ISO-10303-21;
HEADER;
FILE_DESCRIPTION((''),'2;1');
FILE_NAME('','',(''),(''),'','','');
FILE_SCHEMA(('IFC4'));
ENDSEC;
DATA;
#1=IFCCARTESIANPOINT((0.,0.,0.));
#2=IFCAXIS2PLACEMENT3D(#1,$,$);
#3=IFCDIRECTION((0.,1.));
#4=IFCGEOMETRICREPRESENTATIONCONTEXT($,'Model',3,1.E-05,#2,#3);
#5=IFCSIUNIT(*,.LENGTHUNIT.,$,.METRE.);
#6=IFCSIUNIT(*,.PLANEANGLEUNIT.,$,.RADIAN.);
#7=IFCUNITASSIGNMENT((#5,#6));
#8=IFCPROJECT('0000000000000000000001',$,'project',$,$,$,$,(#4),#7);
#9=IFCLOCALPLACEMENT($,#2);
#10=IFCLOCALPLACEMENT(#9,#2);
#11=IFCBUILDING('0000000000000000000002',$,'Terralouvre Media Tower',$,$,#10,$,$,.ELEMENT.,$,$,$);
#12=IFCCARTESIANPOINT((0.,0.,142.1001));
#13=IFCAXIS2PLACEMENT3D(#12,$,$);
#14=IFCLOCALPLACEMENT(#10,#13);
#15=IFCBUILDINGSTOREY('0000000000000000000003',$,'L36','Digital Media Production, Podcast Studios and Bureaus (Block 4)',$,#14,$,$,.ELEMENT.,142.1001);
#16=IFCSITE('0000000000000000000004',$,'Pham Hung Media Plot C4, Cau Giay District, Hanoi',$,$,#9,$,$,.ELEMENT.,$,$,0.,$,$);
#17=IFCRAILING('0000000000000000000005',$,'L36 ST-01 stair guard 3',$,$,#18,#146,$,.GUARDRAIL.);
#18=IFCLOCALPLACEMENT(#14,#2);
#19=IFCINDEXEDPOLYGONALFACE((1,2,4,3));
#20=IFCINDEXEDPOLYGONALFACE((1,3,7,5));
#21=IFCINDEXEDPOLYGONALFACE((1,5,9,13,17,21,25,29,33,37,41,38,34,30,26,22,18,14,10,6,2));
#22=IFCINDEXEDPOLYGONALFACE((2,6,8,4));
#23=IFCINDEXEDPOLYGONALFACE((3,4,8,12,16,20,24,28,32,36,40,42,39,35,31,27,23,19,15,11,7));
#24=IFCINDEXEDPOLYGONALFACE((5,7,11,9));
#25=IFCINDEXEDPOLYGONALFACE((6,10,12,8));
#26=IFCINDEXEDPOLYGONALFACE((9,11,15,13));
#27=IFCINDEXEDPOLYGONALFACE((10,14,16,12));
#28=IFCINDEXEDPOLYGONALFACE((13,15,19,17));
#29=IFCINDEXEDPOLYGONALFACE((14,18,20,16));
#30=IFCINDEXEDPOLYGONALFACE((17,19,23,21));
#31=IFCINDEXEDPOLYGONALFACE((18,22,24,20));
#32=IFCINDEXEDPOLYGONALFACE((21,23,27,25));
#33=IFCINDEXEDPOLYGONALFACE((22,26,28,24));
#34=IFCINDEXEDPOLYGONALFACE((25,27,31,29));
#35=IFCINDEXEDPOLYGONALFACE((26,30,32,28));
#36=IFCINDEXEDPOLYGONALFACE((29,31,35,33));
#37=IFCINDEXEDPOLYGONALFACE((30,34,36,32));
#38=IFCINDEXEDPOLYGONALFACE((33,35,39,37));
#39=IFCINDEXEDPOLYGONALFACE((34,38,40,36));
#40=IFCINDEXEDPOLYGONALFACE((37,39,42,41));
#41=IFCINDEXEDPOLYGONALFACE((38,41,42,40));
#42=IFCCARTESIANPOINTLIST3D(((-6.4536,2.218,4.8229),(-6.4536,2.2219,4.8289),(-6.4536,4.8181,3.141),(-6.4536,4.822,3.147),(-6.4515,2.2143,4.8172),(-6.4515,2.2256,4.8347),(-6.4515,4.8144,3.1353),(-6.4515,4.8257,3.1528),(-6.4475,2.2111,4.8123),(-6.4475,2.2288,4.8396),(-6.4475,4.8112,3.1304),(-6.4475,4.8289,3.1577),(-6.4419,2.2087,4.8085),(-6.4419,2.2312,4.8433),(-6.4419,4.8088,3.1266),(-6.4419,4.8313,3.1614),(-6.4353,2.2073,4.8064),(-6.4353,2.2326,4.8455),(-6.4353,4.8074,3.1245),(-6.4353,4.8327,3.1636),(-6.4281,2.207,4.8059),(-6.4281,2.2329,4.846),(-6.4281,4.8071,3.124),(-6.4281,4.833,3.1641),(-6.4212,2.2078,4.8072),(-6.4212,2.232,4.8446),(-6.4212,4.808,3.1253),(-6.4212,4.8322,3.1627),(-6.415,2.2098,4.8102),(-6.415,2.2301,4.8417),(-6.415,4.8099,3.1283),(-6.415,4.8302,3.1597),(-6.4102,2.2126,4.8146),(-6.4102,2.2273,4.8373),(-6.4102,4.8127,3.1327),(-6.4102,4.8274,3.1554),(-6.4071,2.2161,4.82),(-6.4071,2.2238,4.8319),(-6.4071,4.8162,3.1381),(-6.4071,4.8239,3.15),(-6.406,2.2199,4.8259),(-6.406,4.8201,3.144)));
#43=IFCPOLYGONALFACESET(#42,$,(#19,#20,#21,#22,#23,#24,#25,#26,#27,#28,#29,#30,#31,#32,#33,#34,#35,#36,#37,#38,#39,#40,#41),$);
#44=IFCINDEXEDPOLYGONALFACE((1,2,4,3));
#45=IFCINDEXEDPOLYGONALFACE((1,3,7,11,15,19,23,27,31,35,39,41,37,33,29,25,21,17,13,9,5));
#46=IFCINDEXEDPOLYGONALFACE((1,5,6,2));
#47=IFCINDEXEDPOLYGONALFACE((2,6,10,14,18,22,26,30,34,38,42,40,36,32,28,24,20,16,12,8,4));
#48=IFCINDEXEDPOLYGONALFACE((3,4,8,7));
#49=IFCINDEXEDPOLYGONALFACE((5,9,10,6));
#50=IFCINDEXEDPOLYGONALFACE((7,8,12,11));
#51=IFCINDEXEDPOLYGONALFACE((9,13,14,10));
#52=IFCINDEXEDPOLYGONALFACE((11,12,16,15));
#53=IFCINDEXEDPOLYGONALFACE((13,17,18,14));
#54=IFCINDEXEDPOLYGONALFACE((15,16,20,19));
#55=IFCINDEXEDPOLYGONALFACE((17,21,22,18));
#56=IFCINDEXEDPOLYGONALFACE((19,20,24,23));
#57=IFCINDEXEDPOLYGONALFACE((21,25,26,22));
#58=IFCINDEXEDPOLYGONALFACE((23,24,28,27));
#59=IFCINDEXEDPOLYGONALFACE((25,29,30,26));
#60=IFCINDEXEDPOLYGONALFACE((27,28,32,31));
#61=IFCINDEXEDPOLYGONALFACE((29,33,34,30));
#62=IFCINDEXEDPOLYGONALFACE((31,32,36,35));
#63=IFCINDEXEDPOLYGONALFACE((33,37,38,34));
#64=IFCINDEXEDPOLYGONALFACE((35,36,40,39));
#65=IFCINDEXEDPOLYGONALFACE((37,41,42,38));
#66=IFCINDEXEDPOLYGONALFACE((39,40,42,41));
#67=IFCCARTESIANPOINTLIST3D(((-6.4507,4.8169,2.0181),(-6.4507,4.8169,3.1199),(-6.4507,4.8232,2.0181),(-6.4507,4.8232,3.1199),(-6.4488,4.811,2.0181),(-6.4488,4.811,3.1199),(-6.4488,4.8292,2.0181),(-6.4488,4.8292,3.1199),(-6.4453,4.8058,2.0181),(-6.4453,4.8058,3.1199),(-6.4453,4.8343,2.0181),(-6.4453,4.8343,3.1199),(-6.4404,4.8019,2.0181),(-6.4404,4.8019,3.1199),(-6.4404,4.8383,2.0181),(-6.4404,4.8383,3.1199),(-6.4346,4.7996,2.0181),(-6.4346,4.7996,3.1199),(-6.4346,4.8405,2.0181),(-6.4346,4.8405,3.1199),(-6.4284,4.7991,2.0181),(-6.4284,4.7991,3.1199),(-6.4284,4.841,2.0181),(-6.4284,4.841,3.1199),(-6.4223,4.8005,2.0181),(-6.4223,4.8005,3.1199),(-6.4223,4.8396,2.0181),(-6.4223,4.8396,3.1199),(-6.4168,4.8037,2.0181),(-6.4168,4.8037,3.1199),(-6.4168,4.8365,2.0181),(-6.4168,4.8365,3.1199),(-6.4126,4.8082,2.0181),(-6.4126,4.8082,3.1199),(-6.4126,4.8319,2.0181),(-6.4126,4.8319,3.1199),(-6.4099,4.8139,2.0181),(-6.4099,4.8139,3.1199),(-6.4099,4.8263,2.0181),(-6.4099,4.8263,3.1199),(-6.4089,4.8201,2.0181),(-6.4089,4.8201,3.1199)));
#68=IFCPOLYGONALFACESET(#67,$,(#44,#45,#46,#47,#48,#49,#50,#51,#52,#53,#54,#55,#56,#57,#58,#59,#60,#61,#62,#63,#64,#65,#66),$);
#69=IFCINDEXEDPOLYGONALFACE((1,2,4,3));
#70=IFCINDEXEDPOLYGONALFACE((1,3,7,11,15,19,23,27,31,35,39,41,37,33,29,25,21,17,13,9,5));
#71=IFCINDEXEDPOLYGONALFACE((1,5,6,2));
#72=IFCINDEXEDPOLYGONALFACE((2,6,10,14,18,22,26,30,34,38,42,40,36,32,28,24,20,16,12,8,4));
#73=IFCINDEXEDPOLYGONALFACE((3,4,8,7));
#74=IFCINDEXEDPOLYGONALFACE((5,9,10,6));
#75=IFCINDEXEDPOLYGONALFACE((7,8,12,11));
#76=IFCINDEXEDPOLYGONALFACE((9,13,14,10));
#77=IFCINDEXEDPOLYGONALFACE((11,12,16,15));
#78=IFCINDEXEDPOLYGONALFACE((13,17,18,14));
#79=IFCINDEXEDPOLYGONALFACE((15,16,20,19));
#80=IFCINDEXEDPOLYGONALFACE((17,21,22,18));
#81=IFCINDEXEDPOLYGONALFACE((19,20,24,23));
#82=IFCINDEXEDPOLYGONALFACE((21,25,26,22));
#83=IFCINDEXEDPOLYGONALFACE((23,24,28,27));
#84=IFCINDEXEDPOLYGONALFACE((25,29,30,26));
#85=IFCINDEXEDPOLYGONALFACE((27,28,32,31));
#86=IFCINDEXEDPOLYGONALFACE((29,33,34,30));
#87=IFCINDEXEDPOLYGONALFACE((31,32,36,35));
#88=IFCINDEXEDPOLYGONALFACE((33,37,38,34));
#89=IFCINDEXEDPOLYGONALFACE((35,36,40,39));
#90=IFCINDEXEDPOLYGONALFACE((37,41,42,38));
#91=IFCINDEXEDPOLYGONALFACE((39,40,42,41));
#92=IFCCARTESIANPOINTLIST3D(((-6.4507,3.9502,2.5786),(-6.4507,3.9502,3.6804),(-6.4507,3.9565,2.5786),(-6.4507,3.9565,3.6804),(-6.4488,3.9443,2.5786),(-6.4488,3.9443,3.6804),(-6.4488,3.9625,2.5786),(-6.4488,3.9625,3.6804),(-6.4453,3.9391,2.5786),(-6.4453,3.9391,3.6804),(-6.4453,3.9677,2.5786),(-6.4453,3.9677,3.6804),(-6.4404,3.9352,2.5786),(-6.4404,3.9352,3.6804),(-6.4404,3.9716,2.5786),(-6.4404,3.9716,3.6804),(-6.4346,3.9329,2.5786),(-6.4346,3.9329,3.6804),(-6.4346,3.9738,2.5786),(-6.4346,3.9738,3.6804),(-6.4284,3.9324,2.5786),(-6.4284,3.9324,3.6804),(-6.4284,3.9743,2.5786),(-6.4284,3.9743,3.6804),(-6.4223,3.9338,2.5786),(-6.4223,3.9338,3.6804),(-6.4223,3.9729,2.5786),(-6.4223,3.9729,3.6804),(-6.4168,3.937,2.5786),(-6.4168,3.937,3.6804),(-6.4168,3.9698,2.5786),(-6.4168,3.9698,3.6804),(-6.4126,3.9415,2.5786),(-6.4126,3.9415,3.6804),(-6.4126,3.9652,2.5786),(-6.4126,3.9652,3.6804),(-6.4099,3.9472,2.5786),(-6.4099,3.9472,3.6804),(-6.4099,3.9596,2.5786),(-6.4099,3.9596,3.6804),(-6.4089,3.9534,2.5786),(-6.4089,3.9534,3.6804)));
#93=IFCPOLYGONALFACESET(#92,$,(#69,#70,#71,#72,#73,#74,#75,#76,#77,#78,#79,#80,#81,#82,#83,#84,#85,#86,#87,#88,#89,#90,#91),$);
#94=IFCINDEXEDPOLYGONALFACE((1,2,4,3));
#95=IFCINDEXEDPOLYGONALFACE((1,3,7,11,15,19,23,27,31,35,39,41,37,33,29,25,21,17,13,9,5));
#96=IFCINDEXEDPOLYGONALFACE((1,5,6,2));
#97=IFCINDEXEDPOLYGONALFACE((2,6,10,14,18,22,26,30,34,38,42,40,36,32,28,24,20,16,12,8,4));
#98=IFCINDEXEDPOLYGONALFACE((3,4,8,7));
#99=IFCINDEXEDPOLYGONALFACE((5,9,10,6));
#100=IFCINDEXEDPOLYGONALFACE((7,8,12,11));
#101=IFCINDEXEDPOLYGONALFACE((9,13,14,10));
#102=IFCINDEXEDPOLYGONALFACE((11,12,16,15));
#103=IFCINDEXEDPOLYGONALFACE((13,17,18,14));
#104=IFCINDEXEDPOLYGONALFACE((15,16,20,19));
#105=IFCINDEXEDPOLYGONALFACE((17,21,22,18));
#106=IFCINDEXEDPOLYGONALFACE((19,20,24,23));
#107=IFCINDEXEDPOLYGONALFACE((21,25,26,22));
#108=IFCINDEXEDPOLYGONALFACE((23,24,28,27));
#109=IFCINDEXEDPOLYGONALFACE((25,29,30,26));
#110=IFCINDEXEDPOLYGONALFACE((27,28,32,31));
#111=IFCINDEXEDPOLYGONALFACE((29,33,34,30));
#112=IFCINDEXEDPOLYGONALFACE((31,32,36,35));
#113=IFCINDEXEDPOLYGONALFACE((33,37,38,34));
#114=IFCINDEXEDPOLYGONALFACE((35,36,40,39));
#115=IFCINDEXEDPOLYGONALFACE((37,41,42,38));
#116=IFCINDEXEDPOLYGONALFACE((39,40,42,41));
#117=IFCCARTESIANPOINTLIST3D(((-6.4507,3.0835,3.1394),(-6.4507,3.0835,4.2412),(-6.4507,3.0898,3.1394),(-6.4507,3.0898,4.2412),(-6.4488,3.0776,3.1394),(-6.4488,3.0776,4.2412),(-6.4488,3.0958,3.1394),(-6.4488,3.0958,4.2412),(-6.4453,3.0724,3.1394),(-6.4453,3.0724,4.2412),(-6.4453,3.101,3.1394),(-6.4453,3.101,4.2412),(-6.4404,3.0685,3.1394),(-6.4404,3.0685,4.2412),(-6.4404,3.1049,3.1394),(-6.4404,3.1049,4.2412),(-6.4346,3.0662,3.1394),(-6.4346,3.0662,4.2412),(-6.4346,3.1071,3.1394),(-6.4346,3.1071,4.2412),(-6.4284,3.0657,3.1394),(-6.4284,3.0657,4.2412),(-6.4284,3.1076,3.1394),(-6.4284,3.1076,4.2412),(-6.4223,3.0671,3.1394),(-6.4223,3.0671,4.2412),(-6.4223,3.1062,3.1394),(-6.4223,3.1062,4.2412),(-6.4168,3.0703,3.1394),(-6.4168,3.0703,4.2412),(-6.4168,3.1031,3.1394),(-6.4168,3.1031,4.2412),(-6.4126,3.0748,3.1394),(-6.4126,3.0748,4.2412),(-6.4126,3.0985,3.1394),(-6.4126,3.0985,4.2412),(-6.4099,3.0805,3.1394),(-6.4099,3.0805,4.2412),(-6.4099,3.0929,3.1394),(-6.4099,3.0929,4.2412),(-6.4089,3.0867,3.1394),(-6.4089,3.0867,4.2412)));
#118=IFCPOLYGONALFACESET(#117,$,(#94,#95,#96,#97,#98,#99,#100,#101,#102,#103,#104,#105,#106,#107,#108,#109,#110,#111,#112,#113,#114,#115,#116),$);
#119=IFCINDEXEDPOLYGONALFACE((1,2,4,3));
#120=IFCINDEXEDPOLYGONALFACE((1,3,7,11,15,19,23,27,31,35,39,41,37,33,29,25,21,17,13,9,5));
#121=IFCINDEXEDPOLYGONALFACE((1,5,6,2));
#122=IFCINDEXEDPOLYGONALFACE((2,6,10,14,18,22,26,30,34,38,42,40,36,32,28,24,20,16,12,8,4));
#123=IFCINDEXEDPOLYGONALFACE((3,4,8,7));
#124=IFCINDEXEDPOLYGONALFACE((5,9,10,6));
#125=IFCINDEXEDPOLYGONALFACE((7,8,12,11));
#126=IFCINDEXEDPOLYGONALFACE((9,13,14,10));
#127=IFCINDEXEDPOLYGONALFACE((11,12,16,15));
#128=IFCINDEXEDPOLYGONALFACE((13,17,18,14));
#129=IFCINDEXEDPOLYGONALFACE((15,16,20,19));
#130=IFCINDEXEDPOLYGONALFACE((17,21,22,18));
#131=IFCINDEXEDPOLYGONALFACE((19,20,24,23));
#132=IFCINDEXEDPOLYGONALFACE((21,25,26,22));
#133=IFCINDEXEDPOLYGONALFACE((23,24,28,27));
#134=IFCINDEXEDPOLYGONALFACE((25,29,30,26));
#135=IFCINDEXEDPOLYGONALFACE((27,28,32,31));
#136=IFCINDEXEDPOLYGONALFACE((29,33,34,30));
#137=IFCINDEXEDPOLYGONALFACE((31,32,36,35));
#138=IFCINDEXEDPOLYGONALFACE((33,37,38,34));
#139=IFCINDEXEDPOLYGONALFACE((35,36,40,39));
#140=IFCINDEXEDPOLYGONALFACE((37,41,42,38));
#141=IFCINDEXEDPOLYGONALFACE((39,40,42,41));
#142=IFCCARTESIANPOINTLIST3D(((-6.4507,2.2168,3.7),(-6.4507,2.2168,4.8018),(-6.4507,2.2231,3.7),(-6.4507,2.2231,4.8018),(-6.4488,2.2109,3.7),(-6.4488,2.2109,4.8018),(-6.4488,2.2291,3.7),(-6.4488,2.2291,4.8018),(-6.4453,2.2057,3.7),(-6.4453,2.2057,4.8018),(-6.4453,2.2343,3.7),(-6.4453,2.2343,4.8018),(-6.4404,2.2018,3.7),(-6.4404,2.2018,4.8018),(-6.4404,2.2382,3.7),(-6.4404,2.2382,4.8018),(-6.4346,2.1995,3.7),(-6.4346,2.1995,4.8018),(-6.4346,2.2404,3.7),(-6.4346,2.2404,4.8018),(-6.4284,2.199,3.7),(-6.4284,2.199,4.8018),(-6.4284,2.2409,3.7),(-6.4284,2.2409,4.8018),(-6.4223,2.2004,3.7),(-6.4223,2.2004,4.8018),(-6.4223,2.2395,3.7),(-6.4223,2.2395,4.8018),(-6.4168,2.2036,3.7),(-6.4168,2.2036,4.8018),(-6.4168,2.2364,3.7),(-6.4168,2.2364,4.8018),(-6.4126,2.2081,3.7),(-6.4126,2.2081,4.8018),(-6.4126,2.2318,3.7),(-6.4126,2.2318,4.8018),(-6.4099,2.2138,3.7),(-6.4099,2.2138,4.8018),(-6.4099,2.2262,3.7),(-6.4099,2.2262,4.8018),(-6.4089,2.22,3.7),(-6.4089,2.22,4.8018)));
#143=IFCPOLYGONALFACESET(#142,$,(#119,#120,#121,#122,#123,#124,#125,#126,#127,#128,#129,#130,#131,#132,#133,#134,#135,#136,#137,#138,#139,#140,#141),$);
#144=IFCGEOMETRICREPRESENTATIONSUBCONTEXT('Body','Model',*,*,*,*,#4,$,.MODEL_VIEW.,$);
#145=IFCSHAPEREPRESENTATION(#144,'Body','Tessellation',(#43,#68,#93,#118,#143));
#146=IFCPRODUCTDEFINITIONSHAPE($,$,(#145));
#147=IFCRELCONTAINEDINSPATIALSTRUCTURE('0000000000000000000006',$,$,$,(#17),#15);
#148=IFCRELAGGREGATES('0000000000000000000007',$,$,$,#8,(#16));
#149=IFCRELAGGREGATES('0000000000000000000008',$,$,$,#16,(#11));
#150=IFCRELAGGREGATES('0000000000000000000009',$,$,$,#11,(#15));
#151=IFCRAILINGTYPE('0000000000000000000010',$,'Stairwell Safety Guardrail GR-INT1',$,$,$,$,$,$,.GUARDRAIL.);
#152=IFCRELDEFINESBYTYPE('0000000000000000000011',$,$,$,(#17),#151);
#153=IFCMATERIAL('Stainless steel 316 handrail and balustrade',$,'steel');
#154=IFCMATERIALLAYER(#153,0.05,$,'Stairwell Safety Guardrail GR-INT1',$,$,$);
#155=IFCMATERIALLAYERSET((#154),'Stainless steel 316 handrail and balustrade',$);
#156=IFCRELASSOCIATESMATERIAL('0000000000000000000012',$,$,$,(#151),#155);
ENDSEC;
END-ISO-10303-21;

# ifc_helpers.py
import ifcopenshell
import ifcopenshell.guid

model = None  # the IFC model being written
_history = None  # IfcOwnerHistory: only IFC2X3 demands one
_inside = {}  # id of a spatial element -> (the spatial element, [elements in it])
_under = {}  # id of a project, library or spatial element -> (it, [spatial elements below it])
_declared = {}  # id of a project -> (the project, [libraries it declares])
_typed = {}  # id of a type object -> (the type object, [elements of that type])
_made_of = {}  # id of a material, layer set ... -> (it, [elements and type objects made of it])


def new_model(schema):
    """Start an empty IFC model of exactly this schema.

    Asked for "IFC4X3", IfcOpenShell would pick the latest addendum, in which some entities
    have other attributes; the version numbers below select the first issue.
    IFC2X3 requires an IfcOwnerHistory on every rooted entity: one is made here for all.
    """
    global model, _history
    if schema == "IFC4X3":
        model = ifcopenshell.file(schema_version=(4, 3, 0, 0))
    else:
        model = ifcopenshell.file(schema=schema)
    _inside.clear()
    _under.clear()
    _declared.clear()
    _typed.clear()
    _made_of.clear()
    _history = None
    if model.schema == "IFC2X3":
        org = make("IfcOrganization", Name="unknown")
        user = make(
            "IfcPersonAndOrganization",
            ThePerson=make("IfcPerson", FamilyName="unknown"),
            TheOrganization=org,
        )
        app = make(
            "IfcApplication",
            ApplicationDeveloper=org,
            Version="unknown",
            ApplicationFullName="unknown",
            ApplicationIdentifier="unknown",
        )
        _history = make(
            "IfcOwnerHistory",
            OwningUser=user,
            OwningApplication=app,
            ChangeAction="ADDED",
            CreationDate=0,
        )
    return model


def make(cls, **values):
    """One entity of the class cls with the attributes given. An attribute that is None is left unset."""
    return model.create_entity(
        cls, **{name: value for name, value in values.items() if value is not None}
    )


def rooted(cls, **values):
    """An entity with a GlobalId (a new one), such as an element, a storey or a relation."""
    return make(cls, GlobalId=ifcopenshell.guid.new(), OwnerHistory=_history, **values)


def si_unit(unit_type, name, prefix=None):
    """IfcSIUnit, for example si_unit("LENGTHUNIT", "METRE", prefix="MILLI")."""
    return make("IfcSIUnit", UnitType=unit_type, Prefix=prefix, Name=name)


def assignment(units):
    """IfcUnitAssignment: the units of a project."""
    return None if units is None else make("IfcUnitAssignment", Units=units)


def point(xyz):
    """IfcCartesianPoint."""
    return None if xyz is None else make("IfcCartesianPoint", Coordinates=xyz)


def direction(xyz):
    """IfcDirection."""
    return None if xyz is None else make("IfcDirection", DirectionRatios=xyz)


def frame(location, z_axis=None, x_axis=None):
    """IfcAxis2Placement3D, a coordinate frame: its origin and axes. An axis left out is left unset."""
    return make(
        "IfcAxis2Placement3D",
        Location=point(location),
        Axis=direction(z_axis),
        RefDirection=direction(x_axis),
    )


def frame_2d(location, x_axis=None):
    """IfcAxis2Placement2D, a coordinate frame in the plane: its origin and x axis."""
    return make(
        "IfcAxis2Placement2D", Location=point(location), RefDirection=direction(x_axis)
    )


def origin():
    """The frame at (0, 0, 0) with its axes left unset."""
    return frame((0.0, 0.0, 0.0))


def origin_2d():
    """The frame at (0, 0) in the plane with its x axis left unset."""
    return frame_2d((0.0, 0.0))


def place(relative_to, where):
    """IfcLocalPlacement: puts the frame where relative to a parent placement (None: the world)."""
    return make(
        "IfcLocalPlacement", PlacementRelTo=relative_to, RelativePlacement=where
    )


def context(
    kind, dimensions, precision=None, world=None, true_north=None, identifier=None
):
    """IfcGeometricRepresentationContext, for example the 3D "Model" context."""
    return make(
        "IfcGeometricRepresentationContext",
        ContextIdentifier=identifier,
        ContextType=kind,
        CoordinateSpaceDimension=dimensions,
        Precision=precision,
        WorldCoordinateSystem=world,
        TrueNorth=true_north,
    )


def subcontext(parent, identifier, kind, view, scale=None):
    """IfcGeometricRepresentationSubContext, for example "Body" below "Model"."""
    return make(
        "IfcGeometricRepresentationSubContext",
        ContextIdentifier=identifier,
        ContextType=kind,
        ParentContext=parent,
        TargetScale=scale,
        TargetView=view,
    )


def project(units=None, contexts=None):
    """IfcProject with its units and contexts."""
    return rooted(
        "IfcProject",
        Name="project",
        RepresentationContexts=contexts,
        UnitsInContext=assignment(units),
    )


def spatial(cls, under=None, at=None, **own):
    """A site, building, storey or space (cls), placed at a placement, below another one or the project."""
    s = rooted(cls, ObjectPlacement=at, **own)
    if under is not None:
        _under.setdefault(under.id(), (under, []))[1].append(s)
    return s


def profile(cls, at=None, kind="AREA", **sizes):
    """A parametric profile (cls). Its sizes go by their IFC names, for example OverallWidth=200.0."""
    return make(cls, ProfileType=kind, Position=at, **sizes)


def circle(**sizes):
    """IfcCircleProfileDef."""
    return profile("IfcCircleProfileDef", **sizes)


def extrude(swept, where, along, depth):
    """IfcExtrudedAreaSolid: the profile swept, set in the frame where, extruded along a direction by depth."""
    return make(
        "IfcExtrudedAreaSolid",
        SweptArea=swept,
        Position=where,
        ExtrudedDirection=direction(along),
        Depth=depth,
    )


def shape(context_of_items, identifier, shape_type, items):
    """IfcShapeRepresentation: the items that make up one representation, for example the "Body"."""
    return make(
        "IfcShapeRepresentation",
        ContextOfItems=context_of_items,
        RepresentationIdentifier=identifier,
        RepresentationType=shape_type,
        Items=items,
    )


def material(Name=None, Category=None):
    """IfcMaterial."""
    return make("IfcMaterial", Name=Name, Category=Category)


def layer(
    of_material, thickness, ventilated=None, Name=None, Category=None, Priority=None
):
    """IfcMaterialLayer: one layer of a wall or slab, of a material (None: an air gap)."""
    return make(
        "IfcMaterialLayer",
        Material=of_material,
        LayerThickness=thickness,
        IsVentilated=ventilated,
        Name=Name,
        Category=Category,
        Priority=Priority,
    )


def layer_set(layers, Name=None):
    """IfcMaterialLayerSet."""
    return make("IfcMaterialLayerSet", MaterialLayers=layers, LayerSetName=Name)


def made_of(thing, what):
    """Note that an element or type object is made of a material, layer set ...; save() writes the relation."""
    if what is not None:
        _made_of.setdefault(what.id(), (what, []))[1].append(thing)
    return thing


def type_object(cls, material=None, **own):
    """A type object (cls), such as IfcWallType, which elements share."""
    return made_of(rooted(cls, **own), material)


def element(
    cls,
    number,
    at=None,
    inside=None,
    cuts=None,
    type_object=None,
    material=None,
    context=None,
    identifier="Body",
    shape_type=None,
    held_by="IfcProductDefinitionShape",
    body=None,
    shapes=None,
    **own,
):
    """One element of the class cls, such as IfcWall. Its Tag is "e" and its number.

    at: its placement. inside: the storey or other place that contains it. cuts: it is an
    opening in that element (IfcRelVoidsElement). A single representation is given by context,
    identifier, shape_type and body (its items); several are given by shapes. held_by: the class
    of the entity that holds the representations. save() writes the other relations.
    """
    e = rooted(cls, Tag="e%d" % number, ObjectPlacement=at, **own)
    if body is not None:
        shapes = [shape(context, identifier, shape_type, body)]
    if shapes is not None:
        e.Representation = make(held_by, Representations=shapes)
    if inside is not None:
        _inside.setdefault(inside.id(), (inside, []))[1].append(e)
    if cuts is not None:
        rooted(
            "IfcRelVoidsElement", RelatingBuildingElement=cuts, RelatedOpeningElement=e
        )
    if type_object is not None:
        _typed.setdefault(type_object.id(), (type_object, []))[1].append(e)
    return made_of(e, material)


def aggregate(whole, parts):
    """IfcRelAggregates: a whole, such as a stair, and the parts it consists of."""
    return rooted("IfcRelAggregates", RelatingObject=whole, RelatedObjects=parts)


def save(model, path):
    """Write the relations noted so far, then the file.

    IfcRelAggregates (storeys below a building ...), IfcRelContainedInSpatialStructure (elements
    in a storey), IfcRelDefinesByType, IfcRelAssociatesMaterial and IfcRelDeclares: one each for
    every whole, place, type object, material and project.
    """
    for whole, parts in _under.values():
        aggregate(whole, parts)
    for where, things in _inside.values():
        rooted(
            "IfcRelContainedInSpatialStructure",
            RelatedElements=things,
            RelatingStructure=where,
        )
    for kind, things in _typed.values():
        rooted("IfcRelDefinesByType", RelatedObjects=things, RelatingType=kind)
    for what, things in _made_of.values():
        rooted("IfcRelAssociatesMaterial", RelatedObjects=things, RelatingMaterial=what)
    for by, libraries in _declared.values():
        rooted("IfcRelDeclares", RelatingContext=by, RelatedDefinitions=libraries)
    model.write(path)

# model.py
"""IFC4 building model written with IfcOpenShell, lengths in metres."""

from ifc_helpers import new_model, si_unit, direction, frame, origin, origin_2d, place, context, subcontext, project, spatial, circle, extrude, material, layer, layer_set, type_object, element, save


model = new_model("IFC4")

# Units and contexts
model_context = context("Model", 3, precision=1e-05, world=origin(), true_north=direction((0.0, 1.0)))
body_context = subcontext(model_context, "Body", "Model", "MODEL_VIEW")
ifc_project = project(units=[si_unit("LENGTHUNIT", "METRE"), si_unit("PLANEANGLEUNIT", "RADIAN")], contexts=[model_context])

# Site, building, storey
site_placement = place(None, origin())
site = spatial("IfcSite", under=ifc_project, at=site_placement, Name="Pham Hung Media Plot C4, Cau Giay District, Hanoi", CompositionType="ELEMENT", RefElevation=0.0)
building_placement = place(site_placement, origin())
building = spatial("IfcBuilding", under=site, at=building_placement, Name="Terralouvre Media Tower", CompositionType="ELEMENT")
storey_placement = place(building_placement, frame((0.0, 0.0, 142.1001)))
storey = spatial("IfcBuildingStorey", under=building, at=storey_placement, Name="L36", Description="Digital Media Production, Podcast Studios and Bureaus (Block 4)", CompositionType="ELEMENT", Elevation=142.1001)

# Railing
ifc_material_1 = material(Name="Stainless steel 316 handrail and balustrade", Category="steel")
ifc_layer_1 = layer(ifc_material_1, 0.05, Name="Stairwell Safety Guardrail GR-INT1")
ifc_layer_set_1 = layer_set([ifc_layer_1], Name="Stainless steel 316 handrail and balustrade")
railing_type_1 = type_object("IfcRailingType", Name="Stairwell Safety Guardrail GR-INT1", PredefinedType="GUARDRAIL", material=ifc_layer_set_1)
railing_1_placement = place(storey_placement, frame((-6.4299, 4.8201, 2.0181)))
element("IfcRailing", 1, at=railing_1_placement, inside=storey, type_object=railing_type_1, Name="L36 ST-01 stair guard 3", PredefinedType="GUARDRAIL", context=body_context, shape_type="SweptSolid", body=[
    extrude(circle(Radius=0.0239, at=origin_2d()), frame((0.0, 0.0, 1.126), z_axis=(0.0, -0.839648, 0.54313), x_axis=(1.0, 0.0, 0.0)), (0.0, 0.0, 1.0), 3.0967),
    extrude(circle(Radius=0.021, at=origin_2d()), origin(), (0.0, 0.0, 1.0), 1.1018),
    extrude(circle(Radius=0.021, at=origin_2d()), frame((0.0, -0.8667, 0.5605)), (0.0, 0.0, 1.0), 1.1018),
    extrude(circle(Radius=0.021, at=origin_2d()), frame((0.0, -1.7334, 1.1213)), (0.0, 0.0, 1.0), 1.1018),
    extrude(circle(Radius=0.021, at=origin_2d()), frame((0.0, -2.6001, 1.6819)), (0.0, 0.0, 1.0), 1.1018),
])

save(model, "model.ifc")
